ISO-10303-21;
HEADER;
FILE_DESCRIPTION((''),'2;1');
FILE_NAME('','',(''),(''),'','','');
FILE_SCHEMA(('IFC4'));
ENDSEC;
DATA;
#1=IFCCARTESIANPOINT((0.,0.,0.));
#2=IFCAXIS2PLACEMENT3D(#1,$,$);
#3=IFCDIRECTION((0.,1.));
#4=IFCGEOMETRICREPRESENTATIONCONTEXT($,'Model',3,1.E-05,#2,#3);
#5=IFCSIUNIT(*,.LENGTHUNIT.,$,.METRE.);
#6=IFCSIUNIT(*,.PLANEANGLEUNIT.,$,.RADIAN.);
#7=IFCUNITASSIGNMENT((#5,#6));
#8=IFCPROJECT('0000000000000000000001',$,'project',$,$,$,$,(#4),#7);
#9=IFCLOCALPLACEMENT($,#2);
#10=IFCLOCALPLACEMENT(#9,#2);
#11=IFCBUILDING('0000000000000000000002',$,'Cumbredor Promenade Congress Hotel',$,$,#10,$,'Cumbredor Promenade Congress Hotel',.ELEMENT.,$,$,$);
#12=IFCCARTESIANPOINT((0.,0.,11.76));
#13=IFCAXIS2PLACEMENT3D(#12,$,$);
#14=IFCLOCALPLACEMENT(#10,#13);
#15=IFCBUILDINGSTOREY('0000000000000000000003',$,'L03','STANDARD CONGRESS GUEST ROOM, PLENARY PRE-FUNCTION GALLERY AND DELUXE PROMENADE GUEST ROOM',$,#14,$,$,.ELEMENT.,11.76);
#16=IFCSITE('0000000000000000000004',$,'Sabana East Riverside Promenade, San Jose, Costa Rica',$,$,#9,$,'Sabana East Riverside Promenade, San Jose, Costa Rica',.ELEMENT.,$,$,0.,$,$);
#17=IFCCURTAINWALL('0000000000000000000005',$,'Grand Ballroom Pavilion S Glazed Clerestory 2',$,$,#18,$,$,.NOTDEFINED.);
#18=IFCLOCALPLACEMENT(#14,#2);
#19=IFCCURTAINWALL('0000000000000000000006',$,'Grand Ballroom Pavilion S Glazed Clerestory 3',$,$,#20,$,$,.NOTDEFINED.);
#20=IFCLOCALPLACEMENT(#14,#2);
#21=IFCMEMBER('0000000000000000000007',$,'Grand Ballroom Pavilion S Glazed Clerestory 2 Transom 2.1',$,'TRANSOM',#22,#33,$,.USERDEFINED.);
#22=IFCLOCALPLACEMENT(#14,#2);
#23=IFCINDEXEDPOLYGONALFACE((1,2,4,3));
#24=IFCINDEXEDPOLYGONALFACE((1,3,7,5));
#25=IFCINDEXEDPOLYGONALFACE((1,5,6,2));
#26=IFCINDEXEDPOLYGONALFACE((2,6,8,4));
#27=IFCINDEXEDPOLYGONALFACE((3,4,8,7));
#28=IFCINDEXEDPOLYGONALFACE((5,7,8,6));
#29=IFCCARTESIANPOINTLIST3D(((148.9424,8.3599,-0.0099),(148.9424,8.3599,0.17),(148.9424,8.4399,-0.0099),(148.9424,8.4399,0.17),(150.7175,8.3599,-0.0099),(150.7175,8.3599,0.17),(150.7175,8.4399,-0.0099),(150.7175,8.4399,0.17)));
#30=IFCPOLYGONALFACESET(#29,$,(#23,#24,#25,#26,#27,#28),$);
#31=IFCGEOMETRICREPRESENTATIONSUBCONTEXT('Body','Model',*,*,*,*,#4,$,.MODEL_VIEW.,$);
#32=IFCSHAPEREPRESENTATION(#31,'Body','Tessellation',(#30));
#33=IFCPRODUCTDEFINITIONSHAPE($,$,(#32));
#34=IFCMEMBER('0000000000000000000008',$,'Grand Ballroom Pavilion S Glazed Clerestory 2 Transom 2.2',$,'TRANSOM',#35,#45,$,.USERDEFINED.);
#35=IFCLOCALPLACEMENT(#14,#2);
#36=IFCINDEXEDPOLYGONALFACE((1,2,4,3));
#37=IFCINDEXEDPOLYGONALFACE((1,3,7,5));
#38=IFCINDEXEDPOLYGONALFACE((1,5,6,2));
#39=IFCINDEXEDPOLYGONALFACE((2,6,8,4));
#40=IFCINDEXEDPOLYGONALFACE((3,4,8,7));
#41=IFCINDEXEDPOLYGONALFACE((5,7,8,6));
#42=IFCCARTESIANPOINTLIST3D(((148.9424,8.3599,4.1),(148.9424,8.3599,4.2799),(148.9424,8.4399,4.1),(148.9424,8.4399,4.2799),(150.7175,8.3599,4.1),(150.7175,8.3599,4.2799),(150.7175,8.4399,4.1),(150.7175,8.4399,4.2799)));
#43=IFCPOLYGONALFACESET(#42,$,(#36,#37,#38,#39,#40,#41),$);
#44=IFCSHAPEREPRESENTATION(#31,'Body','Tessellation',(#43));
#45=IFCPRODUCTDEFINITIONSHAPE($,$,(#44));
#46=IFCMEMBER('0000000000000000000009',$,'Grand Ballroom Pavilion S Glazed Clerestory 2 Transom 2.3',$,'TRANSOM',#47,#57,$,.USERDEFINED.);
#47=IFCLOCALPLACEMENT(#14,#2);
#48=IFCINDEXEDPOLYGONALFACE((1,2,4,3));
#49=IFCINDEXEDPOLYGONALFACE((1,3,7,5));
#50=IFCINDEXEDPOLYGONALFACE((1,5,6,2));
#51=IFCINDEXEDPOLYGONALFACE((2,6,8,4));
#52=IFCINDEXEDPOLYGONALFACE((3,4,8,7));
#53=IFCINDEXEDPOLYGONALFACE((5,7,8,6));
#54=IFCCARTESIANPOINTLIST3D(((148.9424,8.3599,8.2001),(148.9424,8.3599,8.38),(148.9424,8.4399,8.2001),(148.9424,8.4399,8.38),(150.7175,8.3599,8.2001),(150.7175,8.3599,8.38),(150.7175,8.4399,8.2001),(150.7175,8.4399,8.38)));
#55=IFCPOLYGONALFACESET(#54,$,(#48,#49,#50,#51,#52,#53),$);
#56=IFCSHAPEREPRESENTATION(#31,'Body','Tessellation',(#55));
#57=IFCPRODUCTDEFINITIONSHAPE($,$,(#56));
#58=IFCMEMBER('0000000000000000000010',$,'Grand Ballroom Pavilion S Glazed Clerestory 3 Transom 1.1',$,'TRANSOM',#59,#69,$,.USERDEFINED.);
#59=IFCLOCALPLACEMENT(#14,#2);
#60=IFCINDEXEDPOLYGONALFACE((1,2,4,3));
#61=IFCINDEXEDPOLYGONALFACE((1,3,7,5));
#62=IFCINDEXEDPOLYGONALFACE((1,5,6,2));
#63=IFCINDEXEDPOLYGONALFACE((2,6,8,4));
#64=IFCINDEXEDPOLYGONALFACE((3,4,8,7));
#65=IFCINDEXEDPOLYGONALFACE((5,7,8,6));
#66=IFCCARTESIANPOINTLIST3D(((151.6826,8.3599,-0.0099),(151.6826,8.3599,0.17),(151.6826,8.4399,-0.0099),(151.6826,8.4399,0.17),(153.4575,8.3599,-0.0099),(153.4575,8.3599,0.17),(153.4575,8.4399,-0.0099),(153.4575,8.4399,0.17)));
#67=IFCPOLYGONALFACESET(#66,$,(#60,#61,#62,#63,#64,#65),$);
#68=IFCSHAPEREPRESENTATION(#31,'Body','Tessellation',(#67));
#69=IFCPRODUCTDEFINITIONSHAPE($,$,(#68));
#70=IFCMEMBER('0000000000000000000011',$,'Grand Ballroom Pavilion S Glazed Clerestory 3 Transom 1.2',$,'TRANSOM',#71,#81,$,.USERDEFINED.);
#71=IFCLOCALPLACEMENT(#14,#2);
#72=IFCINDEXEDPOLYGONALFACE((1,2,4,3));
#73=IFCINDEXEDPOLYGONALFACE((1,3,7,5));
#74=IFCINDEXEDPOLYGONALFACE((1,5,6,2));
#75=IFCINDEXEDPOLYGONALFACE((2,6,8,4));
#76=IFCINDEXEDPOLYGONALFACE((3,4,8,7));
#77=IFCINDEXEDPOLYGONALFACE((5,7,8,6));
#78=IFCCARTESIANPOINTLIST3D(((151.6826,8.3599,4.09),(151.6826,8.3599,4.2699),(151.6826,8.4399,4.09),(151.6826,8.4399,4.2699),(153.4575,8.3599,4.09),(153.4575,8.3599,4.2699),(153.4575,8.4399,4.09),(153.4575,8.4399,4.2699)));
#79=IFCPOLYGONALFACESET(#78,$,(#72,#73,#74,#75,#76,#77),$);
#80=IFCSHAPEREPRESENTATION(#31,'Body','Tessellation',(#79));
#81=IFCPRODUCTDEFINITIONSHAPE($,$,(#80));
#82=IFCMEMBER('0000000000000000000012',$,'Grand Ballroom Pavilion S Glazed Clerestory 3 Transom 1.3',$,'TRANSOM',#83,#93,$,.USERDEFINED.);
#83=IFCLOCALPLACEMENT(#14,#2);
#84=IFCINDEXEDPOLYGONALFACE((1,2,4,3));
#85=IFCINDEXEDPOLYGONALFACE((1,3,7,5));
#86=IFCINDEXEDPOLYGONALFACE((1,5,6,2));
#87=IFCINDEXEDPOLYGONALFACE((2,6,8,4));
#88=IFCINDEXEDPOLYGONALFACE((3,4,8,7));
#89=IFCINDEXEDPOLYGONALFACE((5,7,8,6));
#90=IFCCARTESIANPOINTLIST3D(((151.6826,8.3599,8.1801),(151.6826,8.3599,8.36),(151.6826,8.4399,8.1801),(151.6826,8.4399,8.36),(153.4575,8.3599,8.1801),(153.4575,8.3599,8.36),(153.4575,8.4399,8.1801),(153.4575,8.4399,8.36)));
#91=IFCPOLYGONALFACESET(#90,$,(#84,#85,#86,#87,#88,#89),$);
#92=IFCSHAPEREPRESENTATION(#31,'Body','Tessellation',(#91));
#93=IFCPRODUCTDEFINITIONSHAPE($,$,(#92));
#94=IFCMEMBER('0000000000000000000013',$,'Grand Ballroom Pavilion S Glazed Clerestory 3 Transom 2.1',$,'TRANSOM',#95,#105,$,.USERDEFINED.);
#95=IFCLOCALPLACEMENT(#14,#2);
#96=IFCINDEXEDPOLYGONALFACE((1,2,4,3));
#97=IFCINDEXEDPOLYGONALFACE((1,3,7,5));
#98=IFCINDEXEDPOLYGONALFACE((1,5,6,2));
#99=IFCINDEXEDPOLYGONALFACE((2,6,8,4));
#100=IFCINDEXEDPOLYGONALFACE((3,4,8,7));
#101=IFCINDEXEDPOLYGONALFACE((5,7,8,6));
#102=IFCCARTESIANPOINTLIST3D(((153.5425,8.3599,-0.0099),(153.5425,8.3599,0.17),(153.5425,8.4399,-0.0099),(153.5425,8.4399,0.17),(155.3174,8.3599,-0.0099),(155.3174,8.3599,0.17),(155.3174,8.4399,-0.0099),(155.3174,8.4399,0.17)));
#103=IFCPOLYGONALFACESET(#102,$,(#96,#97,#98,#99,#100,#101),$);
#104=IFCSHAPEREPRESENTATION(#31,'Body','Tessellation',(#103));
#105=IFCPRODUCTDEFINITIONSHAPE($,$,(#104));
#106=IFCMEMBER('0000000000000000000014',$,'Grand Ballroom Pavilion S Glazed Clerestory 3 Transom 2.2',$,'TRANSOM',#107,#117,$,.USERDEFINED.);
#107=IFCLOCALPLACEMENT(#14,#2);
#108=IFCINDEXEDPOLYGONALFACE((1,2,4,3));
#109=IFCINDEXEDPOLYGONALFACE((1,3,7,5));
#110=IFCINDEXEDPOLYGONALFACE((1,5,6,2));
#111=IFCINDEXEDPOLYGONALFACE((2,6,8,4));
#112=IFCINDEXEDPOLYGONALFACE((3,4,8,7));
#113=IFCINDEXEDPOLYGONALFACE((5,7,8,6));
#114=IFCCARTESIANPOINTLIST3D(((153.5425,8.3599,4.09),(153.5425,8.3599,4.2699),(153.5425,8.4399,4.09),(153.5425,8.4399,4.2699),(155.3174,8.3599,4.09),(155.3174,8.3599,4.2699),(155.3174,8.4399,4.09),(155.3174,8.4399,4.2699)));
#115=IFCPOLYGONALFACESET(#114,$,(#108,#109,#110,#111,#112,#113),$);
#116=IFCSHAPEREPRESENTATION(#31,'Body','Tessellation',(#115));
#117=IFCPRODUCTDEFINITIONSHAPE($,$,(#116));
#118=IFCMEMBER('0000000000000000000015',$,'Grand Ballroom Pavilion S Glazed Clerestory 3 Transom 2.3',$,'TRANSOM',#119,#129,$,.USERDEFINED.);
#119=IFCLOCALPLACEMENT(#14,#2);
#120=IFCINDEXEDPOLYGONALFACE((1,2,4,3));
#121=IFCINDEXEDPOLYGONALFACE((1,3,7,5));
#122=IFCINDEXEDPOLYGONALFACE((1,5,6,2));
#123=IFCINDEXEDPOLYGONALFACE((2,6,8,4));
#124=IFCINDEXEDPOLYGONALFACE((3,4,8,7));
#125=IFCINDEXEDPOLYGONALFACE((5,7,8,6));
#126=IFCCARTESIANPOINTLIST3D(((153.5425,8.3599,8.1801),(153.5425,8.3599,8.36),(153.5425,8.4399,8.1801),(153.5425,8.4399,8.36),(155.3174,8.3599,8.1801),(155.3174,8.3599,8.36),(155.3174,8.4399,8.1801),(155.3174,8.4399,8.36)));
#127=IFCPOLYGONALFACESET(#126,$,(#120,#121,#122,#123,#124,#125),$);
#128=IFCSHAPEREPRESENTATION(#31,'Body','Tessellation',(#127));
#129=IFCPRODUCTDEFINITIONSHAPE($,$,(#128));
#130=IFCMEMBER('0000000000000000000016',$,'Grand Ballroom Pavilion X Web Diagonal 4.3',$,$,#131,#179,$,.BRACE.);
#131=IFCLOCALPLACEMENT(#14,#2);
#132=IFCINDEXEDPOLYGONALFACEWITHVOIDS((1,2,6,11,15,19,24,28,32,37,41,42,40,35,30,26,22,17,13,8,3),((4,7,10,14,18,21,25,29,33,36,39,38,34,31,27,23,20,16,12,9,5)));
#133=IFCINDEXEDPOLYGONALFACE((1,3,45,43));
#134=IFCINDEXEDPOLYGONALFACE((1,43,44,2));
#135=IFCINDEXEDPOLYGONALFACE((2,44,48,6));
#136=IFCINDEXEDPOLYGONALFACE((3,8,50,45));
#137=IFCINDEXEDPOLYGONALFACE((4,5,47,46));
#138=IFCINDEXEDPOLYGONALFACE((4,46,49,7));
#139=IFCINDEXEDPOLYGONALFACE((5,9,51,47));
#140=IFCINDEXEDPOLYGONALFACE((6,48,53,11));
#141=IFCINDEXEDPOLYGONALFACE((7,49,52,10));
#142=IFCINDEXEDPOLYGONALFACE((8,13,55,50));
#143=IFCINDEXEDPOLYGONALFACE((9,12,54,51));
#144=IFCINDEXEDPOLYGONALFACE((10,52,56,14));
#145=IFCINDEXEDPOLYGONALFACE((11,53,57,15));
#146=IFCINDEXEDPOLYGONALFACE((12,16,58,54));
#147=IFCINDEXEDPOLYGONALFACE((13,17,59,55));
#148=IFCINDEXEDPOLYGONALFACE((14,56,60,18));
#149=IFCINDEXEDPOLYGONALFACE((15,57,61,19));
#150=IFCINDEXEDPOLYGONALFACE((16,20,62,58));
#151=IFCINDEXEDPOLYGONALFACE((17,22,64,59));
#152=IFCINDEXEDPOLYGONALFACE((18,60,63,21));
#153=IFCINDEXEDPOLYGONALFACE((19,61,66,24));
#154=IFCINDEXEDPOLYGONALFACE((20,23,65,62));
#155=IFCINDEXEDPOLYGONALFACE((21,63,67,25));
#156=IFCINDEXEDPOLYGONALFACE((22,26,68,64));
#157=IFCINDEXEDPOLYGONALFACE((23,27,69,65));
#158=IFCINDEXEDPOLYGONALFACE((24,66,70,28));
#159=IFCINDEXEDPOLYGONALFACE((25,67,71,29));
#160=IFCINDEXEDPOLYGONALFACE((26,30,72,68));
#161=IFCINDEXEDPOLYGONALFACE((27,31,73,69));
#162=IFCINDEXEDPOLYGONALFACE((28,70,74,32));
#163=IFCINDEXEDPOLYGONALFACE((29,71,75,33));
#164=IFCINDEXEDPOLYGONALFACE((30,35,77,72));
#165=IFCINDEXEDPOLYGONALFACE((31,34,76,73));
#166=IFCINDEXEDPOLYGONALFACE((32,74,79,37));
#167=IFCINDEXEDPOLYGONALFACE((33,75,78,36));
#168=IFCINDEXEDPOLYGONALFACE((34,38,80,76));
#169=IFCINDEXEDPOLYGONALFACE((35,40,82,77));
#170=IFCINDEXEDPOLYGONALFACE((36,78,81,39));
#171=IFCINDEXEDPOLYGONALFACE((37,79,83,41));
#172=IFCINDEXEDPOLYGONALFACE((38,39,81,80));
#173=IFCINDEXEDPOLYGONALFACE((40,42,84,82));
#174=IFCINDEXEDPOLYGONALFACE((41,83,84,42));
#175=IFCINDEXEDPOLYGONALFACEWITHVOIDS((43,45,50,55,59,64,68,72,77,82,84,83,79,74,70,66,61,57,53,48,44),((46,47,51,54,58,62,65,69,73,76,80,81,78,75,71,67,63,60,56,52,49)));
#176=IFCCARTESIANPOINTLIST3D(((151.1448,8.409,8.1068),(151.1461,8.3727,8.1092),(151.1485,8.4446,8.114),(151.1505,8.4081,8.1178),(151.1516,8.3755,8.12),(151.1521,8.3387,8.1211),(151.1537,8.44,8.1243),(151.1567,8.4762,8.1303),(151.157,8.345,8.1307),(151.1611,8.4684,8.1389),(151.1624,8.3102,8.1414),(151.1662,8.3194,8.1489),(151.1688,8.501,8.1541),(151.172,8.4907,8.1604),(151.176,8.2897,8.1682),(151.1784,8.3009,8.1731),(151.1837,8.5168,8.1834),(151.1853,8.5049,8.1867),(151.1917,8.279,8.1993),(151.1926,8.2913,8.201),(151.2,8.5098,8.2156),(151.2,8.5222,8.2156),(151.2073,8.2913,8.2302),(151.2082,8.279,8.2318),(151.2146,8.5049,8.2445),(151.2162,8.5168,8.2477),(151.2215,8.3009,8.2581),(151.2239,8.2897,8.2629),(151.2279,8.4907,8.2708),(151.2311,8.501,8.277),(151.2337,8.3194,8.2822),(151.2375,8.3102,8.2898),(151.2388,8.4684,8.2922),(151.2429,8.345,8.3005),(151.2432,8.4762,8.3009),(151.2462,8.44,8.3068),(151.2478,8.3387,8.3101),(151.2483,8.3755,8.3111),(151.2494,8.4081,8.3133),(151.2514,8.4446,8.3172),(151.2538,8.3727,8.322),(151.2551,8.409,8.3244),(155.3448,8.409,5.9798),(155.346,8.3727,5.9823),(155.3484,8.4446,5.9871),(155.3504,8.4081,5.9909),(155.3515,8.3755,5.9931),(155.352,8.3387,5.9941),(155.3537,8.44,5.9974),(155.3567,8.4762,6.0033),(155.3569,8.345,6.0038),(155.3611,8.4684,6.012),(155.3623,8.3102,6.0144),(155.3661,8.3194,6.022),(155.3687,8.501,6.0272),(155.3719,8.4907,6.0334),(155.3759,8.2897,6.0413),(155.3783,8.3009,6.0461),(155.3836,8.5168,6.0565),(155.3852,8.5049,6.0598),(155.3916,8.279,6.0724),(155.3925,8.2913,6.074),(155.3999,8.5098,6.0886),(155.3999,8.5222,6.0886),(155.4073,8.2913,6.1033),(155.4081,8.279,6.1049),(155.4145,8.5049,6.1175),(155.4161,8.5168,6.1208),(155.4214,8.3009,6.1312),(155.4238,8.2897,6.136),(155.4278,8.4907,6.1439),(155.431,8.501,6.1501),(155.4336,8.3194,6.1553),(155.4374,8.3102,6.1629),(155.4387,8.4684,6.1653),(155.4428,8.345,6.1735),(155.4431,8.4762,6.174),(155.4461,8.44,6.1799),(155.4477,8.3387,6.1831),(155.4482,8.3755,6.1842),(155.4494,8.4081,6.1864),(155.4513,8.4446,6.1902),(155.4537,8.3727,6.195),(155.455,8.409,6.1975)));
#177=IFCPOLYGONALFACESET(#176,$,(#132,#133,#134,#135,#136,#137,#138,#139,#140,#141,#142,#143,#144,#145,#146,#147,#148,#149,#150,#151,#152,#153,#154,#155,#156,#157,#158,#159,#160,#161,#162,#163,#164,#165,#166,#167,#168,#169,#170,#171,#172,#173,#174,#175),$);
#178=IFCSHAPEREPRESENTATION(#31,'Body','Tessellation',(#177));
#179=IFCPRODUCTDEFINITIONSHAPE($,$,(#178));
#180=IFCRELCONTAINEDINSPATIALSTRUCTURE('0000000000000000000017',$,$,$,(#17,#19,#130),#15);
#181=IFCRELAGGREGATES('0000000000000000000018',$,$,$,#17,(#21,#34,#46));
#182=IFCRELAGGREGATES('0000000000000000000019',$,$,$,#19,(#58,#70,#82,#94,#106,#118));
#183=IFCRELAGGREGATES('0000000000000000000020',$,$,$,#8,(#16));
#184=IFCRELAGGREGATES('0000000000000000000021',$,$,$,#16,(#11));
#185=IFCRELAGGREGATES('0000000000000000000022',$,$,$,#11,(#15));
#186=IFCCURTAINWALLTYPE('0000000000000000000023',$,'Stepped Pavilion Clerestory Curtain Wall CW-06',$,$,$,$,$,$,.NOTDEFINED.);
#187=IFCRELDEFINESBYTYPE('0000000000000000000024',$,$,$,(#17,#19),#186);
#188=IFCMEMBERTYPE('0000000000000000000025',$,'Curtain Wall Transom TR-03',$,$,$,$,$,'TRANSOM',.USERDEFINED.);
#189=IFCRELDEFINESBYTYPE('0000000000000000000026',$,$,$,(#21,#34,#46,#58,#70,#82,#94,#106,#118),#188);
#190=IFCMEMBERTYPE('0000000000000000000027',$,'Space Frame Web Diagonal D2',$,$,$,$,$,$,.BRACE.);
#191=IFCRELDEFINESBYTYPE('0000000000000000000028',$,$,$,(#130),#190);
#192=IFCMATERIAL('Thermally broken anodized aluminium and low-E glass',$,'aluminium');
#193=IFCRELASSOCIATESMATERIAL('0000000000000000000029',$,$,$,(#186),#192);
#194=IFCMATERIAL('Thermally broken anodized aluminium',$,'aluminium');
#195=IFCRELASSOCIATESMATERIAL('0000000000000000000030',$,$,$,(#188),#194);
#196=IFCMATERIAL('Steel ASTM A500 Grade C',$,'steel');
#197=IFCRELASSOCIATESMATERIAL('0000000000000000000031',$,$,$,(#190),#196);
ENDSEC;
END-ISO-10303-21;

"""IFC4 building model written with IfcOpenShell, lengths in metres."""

from ifc_helpers import new_model, si_unit, direction, frame, origin, origin_2d, place, context, subcontext, project, spatial, rectangle, hollow_circle, extrude, material, material_profile, profile_set, type_object, element, aggregate, save


model = new_model("IFC4")

# Units and contexts
model_context = context("Model", 3, precision=1e-05, world=origin(), true_north=direction((0.0, 1.0)))
body_context = subcontext(model_context, "Body", "Model", "MODEL_VIEW")
ifc_project = project(units=[si_unit("LENGTHUNIT", "METRE"), si_unit("PLANEANGLEUNIT", "RADIAN")], contexts=[model_context])

# Site, building, storey
site_placement = place(None, origin())
site = spatial("IfcSite", under=ifc_project, at=site_placement, Name="Sabana East Riverside Promenade, San Jose, Costa Rica", LongName="Sabana East Riverside Promenade, San Jose, Costa Rica", CompositionType="ELEMENT", RefElevation=0.0)
building_placement = place(site_placement, origin())
building = spatial("IfcBuilding", under=site, at=building_placement, Name="Cumbredor Promenade Congress Hotel", LongName="Cumbredor Promenade Congress Hotel", CompositionType="ELEMENT")
storey_placement = place(building_placement, frame((0.0, 0.0, 11.76)))
storey = spatial("IfcBuildingStorey", under=building, at=storey_placement, Name="L03", Description="STANDARD CONGRESS GUEST ROOM, PLENARY PRE-FUNCTION GALLERY AND DELUXE PROMENADE GUEST ROOM", CompositionType="ELEMENT", Elevation=11.76)

# Shared definitions
ifc_material_1 = material(Name="Steel ASTM A500 Grade C", Category="steel")

# Curtain walls
ifc_material_2 = material(Name="Thermally broken anodized aluminium and low-E glass", Category="aluminium")
curtain_wall_type = type_object("IfcCurtainWallType", Name="Stepped Pavilion Clerestory Curtain Wall CW-06", PredefinedType="NOTDEFINED", material=ifc_material_2)
curtain_wall_1_placement = place(storey_placement, origin())
curtain_wall_1 = element("IfcCurtainWall", 1, at=curtain_wall_1_placement, inside=storey, type_object=curtain_wall_type, Name="Grand Ballroom Pavilion S Glazed Clerestory 2", PredefinedType="NOTDEFINED")
ifc_material_3 = material(Name="Thermally broken anodized aluminium", Category="aluminium")
curtain_wall_2_placement = place(storey_placement, origin())
curtain_wall_2 = element("IfcCurtainWall", 2, at=curtain_wall_2_placement, inside=storey, type_object=curtain_wall_type, Name="Grand Ballroom Pavilion S Glazed Clerestory 3", PredefinedType="NOTDEFINED")

# Members
ifc_material_profile_1 = material_profile(ifc_material_3, rectangle(XDim=0.0801, YDim=0.1799, at=origin_2d()), Name="ALU TRANSOM 80x180")
ifc_profile_set_1 = profile_set([ifc_material_profile_1], Name="Thermally broken anodized aluminium")
member_type_1 = type_object("IfcMemberType", Name="Curtain Wall Transom TR-03", ElementType="TRANSOM", PredefinedType="USERDEFINED", material=ifc_profile_set_1)
member_1_placement = place(storey_placement, frame((148.9424, 8.3999, 0.0801), z_axis=(1.0, 0.0, 0.0), x_axis=(0.0, 1.0, 0.0)))
member_1 = element("IfcMember", 3, at=member_1_placement, type_object=member_type_1, Name="Grand Ballroom Pavilion S Glazed Clerestory 2 Transom 2.1", ObjectType="TRANSOM", PredefinedType="USERDEFINED", context=body_context, shape_type="SweptSolid", body=[
    extrude(rectangle(XDim=0.0801, YDim=0.1799, at=origin_2d()), origin(), (0.0, 0.0, 1.0), 1.7751),
])
member_2_placement = place(storey_placement, frame((148.9424, 8.3999, 4.1899), z_axis=(1.0, 0.0, 0.0), x_axis=(0.0, 1.0, 0.0)))
member_2 = element("IfcMember", 4, at=member_2_placement, type_object=member_type_1, Name="Grand Ballroom Pavilion S Glazed Clerestory 2 Transom 2.2", ObjectType="TRANSOM", PredefinedType="USERDEFINED", context=body_context, shape_type="SweptSolid", body=[
    extrude(rectangle(XDim=0.0801, YDim=0.1799, at=origin_2d()), origin(), (0.0, 0.0, 1.0), 1.7751),
])
member_3_placement = place(storey_placement, frame((148.9424, 8.3999, 8.29), z_axis=(1.0, 0.0, 0.0), x_axis=(0.0, 1.0, 0.0)))
member_3 = element("IfcMember", 5, at=member_3_placement, type_object=member_type_1, Name="Grand Ballroom Pavilion S Glazed Clerestory 2 Transom 2.3", ObjectType="TRANSOM", PredefinedType="USERDEFINED", context=body_context, shape_type="SweptSolid", body=[
    extrude(rectangle(XDim=0.0801, YDim=0.1799, at=origin_2d()), origin(), (0.0, 0.0, 1.0), 1.7751),
])
member_4_placement = place(storey_placement, frame((151.6826, 8.3999, 0.0801), z_axis=(1.0, 0.0, 0.0), x_axis=(0.0, 1.0, 0.0)))
member_4 = element("IfcMember", 6, at=member_4_placement, type_object=member_type_1, Name="Grand Ballroom Pavilion S Glazed Clerestory 3 Transom 1.1", ObjectType="TRANSOM", PredefinedType="USERDEFINED", context=body_context, shape_type="SweptSolid", body=[
    extrude(rectangle(XDim=0.0801, YDim=0.1799, at=origin_2d()), origin(), (0.0, 0.0, 1.0), 1.7749),
])
member_5_placement = place(storey_placement, frame((151.6826, 8.3999, 4.1799), z_axis=(1.0, 0.0, 0.0), x_axis=(0.0, 1.0, 0.0)))
member_5 = element("IfcMember", 7, at=member_5_placement, type_object=member_type_1, Name="Grand Ballroom Pavilion S Glazed Clerestory 3 Transom 1.2", ObjectType="TRANSOM", PredefinedType="USERDEFINED", context=body_context, shape_type="SweptSolid", body=[
    extrude(rectangle(XDim=0.0801, YDim=0.1799, at=origin_2d()), origin(), (0.0, 0.0, 1.0), 1.7749),
])
member_6_placement = place(storey_placement, frame((151.6826, 8.3999, 8.27), z_axis=(1.0, 0.0, 0.0), x_axis=(0.0, 1.0, 0.0)))
member_6 = element("IfcMember", 8, at=member_6_placement, type_object=member_type_1, Name="Grand Ballroom Pavilion S Glazed Clerestory 3 Transom 1.3", ObjectType="TRANSOM", PredefinedType="USERDEFINED", context=body_context, shape_type="SweptSolid", body=[
    extrude(rectangle(XDim=0.0801, YDim=0.1799, at=origin_2d()), origin(), (0.0, 0.0, 1.0), 1.7749),
])
member_7_placement = place(storey_placement, frame((153.5425, 8.3999, 0.0801), z_axis=(1.0, 0.0, 0.0), x_axis=(0.0, 1.0, 0.0)))
member_7 = element("IfcMember", 9, at=member_7_placement, type_object=member_type_1, Name="Grand Ballroom Pavilion S Glazed Clerestory 3 Transom 2.1", ObjectType="TRANSOM", PredefinedType="USERDEFINED", context=body_context, shape_type="SweptSolid", body=[
    extrude(rectangle(XDim=0.0801, YDim=0.1799, at=origin_2d()), origin(), (0.0, 0.0, 1.0), 1.7749),
])
member_8_placement = place(storey_placement, frame((153.5425, 8.3999, 4.1799), z_axis=(1.0, 0.0, 0.0), x_axis=(0.0, 1.0, 0.0)))
member_8 = element("IfcMember", 10, at=member_8_placement, type_object=member_type_1, Name="Grand Ballroom Pavilion S Glazed Clerestory 3 Transom 2.2", ObjectType="TRANSOM", PredefinedType="USERDEFINED", context=body_context, shape_type="SweptSolid", body=[
    extrude(rectangle(XDim=0.0801, YDim=0.1799, at=origin_2d()), origin(), (0.0, 0.0, 1.0), 1.7749),
])
member_9_placement = place(storey_placement, frame((153.5425, 8.3999, 8.27), z_axis=(1.0, 0.0, 0.0), x_axis=(0.0, 1.0, 0.0)))
member_9 = element("IfcMember", 11, at=member_9_placement, type_object=member_type_1, Name="Grand Ballroom Pavilion S Glazed Clerestory 3 Transom 2.3", ObjectType="TRANSOM", PredefinedType="USERDEFINED", context=body_context, shape_type="SweptSolid", body=[
    extrude(rectangle(XDim=0.0801, YDim=0.1799, at=origin_2d()), origin(), (0.0, 0.0, 1.0), 1.7749),
])

# Member
ifc_material_profile_2 = material_profile(ifc_material_1, hollow_circle(Radius=0.1223, WallThickness=0.0125, at=origin_2d()), Name="CHS 244.5x12.5")
ifc_profile_set_2 = profile_set([ifc_material_profile_2], Name="Steel ASTM A500 Grade C")
member_type_2 = type_object("IfcMemberType", Name="Space Frame Web Diagonal D2", PredefinedType="BRACE", material=ifc_profile_set_2)
member_10_placement = place(storey_placement, frame((151.2, 8.3999, 8.2156), z_axis=(0.892123, 0.0, -0.451792), x_axis=(0.0, 1.0, 0.0)))
element("IfcMember", 12, at=member_10_placement, inside=storey, type_object=member_type_2, Name="Grand Ballroom Pavilion X Web Diagonal 4.3", PredefinedType="BRACE", context=body_context, shape_type="SweptSolid", body=[
    extrude(hollow_circle(Radius=0.1223, WallThickness=0.0125, at=origin_2d()), origin(), (0.0, 0.0, 1.0), 4.7078),
])

aggregate(curtain_wall_1, [member_1, member_2, member_3])
aggregate(curtain_wall_2, [member_4, member_5, member_6, member_7, member_8, member_9])

save(model, "model.ifc")
